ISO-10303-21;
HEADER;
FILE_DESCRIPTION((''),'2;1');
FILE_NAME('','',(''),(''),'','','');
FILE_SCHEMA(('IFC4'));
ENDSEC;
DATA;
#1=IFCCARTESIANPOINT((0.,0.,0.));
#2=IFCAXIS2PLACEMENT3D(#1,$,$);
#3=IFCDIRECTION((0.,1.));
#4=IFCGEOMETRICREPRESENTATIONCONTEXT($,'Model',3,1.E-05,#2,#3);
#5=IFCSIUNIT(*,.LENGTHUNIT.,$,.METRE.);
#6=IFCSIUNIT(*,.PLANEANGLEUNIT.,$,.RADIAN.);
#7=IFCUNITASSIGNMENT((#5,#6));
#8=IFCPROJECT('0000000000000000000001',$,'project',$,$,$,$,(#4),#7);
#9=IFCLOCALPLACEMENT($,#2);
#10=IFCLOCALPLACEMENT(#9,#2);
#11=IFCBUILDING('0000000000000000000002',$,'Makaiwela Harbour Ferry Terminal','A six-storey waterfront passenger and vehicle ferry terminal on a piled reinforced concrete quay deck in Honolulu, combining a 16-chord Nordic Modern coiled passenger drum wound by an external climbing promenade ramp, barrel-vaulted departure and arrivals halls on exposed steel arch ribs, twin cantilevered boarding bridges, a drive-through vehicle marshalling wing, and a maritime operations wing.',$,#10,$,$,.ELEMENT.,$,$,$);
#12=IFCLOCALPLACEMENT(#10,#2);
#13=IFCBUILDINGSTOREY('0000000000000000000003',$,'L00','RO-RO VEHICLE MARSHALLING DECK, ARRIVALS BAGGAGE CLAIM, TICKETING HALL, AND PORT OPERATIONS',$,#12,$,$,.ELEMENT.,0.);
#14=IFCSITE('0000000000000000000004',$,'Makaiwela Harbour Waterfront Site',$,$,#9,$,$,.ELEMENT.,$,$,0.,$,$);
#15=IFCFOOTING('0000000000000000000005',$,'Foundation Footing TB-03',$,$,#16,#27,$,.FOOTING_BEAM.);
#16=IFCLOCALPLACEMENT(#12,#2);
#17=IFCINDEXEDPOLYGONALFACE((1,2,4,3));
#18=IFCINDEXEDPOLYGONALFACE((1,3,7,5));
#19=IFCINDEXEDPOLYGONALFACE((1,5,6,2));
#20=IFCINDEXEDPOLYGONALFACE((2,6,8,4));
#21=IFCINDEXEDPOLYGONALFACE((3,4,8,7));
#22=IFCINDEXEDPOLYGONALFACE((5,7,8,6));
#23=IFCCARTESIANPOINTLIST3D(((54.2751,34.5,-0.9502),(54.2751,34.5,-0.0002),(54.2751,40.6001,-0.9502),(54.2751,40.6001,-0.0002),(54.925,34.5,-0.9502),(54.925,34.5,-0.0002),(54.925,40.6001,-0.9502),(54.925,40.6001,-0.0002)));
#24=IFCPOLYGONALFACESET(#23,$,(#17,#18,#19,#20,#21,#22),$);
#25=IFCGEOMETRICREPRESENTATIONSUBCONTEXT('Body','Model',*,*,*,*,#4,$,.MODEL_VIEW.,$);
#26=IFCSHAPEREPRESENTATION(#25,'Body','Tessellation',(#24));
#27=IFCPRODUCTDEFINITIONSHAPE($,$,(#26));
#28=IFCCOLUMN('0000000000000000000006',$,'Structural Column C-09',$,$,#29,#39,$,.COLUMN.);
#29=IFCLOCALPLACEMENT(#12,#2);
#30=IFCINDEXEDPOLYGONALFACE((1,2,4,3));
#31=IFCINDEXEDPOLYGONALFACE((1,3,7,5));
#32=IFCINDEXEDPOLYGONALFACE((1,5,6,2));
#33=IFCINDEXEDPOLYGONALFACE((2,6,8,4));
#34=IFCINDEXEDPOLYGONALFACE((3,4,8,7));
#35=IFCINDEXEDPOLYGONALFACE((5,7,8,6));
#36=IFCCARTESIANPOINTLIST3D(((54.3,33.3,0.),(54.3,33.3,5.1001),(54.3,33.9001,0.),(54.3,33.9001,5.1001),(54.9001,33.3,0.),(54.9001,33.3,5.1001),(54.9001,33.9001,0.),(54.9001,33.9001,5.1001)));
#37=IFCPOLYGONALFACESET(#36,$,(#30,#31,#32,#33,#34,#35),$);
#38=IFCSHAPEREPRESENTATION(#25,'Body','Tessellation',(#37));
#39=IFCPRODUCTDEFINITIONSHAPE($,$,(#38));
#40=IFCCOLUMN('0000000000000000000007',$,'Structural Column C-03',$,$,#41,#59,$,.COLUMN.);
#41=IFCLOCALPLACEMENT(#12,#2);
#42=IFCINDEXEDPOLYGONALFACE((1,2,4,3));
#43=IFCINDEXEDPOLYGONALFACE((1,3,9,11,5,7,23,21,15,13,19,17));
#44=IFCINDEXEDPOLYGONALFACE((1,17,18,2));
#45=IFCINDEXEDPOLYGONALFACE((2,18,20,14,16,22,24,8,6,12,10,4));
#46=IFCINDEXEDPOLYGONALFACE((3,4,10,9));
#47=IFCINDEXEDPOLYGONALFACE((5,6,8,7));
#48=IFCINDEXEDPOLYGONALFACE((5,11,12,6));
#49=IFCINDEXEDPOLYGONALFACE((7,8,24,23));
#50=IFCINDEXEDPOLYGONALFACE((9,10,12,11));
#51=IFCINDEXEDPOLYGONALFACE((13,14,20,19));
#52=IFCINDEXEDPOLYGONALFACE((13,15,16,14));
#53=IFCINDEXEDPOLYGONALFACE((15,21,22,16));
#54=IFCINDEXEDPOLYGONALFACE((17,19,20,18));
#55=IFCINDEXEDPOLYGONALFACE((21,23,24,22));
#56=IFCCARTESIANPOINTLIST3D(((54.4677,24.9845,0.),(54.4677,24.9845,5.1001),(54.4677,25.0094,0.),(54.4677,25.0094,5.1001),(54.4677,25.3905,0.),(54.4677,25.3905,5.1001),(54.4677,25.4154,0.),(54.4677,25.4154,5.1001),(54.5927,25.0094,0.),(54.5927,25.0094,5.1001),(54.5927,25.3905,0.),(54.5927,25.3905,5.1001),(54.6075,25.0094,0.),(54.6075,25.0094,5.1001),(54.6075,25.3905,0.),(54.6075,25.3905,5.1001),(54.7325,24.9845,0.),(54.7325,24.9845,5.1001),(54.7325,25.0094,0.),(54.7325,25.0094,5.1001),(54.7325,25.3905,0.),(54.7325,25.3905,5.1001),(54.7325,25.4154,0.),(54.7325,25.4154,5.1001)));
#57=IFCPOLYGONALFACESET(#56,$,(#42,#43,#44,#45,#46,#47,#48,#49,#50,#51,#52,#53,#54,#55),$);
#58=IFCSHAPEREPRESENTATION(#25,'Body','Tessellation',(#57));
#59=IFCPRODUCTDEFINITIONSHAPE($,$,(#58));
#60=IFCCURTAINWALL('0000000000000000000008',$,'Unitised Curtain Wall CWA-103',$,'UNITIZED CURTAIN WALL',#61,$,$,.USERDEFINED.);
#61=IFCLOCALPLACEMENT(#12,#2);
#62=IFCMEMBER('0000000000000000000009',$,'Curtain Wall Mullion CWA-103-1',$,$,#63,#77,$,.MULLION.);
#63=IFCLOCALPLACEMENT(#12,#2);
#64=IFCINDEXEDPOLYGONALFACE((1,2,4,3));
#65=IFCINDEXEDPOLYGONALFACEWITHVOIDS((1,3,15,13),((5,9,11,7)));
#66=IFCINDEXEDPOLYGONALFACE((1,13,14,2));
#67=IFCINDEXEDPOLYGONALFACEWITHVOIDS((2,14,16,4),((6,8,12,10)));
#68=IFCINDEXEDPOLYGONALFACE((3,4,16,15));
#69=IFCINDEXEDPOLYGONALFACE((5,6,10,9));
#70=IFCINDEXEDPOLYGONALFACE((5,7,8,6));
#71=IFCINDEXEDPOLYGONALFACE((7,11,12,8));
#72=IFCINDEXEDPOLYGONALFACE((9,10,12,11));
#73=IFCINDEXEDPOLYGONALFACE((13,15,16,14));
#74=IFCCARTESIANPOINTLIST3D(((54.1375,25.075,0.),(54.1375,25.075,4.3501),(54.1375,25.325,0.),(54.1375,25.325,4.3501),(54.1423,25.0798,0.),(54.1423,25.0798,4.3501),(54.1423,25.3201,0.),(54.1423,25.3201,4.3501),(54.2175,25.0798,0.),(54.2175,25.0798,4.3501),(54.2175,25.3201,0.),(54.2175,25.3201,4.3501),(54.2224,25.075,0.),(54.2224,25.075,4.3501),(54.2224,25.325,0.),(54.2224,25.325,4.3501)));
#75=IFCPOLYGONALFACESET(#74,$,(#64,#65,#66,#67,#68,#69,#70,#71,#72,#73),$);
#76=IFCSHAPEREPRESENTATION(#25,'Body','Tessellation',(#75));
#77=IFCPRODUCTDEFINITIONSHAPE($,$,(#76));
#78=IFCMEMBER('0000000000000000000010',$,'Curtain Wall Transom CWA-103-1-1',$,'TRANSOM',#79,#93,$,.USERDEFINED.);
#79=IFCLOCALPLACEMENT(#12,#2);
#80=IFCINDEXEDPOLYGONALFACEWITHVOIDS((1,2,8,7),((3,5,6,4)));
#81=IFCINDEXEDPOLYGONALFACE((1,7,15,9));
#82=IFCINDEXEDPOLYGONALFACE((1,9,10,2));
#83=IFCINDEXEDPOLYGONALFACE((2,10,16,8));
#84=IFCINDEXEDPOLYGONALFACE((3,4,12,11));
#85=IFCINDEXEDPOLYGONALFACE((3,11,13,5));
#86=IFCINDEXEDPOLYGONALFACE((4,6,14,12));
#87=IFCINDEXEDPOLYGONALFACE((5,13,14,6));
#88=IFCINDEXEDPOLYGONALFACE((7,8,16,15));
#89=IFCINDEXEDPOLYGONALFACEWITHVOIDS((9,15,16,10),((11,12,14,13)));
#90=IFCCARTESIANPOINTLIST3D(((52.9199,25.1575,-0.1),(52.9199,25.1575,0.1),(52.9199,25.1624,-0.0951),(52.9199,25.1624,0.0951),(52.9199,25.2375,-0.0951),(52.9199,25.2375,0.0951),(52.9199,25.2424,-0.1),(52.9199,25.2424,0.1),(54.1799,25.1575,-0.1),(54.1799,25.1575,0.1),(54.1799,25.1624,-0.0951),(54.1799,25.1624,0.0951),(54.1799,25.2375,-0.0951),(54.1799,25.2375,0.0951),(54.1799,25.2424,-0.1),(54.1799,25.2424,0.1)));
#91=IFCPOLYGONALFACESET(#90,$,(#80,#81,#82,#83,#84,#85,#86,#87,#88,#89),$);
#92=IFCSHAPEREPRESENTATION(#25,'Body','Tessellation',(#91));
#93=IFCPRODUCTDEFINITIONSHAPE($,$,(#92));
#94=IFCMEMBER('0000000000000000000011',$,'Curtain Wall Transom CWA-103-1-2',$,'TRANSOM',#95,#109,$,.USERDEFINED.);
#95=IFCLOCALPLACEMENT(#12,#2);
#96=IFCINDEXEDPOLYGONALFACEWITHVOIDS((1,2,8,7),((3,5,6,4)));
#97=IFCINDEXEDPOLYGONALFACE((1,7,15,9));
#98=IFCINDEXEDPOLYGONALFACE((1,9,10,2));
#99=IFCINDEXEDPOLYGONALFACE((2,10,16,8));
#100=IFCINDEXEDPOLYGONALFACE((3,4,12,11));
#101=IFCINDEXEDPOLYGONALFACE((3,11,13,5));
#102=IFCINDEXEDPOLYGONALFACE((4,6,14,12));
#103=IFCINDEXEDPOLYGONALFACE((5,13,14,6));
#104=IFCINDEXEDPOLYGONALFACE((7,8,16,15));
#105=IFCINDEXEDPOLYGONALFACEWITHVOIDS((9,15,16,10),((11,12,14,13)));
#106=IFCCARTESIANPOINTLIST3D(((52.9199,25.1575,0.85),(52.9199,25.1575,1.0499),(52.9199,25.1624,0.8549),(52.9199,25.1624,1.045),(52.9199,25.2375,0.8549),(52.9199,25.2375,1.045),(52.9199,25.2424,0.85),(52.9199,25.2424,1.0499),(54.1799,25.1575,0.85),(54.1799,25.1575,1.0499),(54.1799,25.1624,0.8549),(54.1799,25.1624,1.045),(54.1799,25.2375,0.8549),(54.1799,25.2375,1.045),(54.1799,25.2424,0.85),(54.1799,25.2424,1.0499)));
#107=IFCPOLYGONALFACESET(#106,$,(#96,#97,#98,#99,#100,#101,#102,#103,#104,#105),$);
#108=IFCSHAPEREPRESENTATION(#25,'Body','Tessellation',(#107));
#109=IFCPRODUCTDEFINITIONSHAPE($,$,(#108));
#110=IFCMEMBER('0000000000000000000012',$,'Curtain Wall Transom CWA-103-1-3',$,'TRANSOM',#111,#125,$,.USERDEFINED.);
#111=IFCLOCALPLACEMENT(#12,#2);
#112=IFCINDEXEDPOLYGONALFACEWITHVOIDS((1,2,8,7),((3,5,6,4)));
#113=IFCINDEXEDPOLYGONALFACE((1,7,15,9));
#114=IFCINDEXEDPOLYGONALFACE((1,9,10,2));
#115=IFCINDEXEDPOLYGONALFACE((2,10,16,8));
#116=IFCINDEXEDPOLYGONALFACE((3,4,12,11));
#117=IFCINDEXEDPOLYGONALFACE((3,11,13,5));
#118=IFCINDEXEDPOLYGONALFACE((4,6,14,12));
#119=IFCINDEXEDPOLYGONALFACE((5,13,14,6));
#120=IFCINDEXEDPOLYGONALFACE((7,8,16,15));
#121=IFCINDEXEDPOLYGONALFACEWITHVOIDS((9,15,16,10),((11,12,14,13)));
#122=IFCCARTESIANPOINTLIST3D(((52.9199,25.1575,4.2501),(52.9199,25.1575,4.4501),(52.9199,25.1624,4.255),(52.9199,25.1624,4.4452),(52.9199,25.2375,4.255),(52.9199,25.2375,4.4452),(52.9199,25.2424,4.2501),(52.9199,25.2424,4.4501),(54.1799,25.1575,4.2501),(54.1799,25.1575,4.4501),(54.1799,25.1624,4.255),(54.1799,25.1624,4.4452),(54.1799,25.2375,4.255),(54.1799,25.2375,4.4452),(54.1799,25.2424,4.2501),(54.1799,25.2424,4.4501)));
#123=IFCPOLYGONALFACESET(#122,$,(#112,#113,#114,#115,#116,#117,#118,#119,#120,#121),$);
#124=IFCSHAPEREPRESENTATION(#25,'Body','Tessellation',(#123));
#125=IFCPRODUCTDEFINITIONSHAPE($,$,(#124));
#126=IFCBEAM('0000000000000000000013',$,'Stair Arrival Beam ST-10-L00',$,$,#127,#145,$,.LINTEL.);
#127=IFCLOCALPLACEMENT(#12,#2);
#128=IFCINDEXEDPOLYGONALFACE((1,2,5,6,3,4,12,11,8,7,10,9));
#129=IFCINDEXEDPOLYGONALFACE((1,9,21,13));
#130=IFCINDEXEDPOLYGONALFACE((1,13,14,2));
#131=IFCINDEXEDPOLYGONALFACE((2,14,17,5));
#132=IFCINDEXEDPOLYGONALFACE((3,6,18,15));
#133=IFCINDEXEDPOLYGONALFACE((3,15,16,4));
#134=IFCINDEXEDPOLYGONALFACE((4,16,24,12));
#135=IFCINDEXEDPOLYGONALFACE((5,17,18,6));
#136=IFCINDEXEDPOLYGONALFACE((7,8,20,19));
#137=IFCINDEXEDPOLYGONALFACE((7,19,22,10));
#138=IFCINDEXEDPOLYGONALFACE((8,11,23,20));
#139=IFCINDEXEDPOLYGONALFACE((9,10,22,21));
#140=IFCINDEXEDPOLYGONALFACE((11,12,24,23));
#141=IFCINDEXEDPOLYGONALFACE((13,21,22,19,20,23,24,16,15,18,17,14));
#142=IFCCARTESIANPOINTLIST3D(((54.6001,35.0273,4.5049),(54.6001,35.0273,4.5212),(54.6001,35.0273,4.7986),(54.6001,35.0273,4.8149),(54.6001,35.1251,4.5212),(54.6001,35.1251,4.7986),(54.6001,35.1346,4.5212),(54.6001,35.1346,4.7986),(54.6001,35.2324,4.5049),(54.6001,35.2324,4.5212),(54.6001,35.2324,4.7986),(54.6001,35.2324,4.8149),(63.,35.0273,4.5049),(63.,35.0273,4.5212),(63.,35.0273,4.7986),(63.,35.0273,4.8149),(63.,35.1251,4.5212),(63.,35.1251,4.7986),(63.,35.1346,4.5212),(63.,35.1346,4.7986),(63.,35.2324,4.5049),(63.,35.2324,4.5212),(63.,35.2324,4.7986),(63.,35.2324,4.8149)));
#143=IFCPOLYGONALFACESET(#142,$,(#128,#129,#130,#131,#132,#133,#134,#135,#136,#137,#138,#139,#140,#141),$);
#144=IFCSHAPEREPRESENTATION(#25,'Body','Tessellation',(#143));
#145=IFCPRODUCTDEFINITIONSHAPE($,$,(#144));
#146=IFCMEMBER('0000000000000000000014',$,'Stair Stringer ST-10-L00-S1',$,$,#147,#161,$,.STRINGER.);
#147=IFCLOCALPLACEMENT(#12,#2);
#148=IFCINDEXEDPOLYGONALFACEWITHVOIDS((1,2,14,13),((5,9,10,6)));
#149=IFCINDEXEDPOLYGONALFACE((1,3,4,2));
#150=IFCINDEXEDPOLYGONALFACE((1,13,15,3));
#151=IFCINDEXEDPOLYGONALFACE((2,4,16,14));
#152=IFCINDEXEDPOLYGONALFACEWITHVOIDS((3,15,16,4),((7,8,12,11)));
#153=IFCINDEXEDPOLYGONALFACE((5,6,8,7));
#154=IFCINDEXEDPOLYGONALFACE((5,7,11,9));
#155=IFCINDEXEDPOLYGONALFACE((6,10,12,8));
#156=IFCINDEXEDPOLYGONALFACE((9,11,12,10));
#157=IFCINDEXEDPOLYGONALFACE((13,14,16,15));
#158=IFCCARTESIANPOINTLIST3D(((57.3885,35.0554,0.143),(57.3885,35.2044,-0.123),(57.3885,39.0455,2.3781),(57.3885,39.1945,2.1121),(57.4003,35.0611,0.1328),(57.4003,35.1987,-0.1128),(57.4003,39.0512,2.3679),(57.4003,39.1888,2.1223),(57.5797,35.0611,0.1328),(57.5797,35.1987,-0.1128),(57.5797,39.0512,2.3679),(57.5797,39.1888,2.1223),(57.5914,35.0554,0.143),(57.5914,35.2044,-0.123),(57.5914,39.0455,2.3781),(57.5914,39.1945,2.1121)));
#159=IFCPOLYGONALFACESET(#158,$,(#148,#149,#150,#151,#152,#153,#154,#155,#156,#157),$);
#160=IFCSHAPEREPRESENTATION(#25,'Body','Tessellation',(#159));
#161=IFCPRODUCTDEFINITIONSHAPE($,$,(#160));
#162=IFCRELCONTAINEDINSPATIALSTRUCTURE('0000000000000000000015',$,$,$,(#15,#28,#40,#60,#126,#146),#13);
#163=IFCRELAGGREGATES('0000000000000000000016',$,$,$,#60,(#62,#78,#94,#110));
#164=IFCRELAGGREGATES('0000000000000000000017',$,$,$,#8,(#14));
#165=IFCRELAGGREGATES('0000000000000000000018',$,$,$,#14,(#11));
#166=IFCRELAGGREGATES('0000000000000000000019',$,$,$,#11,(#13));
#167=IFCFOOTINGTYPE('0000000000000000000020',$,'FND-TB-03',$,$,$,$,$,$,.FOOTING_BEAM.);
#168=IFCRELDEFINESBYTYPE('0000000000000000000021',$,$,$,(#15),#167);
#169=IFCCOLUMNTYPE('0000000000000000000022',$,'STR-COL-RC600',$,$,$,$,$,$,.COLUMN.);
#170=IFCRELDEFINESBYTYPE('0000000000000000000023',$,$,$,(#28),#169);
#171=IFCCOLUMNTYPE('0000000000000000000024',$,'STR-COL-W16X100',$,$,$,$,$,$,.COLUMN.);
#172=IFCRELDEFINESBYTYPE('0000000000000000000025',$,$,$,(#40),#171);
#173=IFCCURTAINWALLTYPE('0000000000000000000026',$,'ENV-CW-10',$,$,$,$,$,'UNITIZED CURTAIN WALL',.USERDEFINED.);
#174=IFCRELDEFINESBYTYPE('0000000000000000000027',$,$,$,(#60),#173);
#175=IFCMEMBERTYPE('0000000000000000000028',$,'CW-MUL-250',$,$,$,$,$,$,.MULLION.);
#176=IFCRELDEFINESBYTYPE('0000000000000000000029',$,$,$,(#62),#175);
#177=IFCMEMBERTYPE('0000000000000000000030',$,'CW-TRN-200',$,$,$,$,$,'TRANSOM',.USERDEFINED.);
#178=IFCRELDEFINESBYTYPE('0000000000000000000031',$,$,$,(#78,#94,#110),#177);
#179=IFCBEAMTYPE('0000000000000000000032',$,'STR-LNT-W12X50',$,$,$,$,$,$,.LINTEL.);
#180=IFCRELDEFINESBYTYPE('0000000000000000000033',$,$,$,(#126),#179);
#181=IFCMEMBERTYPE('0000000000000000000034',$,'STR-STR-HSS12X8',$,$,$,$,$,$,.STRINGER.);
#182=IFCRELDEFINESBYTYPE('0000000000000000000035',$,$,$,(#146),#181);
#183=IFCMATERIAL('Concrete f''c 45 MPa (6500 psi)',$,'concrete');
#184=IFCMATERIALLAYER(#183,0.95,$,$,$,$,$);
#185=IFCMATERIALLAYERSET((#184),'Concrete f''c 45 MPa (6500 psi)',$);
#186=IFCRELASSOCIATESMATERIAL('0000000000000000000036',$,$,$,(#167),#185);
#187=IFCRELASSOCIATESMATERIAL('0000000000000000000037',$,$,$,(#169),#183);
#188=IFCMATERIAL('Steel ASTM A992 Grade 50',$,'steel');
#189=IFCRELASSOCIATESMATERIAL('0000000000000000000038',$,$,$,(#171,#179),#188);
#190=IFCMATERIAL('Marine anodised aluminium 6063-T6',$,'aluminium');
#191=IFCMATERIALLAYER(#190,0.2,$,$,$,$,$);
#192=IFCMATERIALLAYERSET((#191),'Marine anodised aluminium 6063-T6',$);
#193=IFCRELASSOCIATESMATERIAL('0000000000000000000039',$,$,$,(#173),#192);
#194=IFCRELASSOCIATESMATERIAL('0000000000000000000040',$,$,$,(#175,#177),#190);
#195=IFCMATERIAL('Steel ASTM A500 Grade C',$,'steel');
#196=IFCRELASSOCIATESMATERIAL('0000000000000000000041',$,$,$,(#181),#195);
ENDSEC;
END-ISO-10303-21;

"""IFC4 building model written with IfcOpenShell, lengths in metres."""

from ifc_helpers import new_model, si_unit, direction, frame, origin, origin_2d, place, context, subcontext, project, spatial, rectangle, hollow_rectangle, i_section, extrude, material, layer, layer_set, material_profile, profile_set, type_object, element, aggregate, save


model = new_model("IFC4")

# Units and contexts
model_context = context("Model", 3, precision=1e-05, world=origin(), true_north=direction((0.0, 1.0)))
body_context = subcontext(model_context, "Body", "Model", "MODEL_VIEW")
ifc_project = project(units=[si_unit("LENGTHUNIT", "METRE"), si_unit("PLANEANGLEUNIT", "RADIAN")], contexts=[model_context])

# Site, building, storey
site_placement = place(None, origin())
site = spatial("IfcSite", under=ifc_project, at=site_placement, Name="Makaiwela Harbour Waterfront Site", CompositionType="ELEMENT", RefElevation=0.0)
building_placement = place(site_placement, origin())
building = spatial("IfcBuilding", under=site, at=building_placement, Name="Makaiwela Harbour Ferry Terminal", Description="A six-storey waterfront passenger and vehicle ferry terminal on a piled reinforced concrete quay deck in Honolulu, combining a 16-chord Nordic Modern coiled passenger drum wound by an external climbing promenade ramp, barrel-vaulted departure and arrivals halls on exposed steel arch ribs, twin cantilevered boarding bridges, a drive-through vehicle marshalling wing, and a maritime operations wing.", CompositionType="ELEMENT")
storey_placement = place(building_placement, origin())
storey = spatial("IfcBuildingStorey", under=building, at=storey_placement, Name="L00", Description="RO-RO VEHICLE MARSHALLING DECK, ARRIVALS BAGGAGE CLAIM, TICKETING HALL, AND PORT OPERATIONS", CompositionType="ELEMENT", Elevation=0.0)

# Shared definitions
ifc_material_1 = material(Name="Concrete f'c 45 MPa (6500 psi)", Category="concrete")

# Footing
ifc_layer_1 = layer(ifc_material_1, 0.95)
ifc_layer_set_1 = layer_set([ifc_layer_1], Name="Concrete f'c 45 MPa (6500 psi)")
footing_type_1 = type_object("IfcFootingType", Name="FND-TB-03", PredefinedType="FOOTING_BEAM", material=ifc_layer_set_1)
footing_1_placement = place(storey_placement, frame((54.6001, 37.55, -0.9502), z_axis=(0.0, 0.0, 1.0), x_axis=(0.0, 1.0, 0.0)))
element("IfcFooting", 1, at=footing_1_placement, inside=storey, type_object=footing_type_1, Name="Foundation Footing TB-03", PredefinedType="FOOTING_BEAM", context=body_context, shape_type="SweptSolid", body=[
    extrude(rectangle(XDim=6.1001, YDim=0.6499, at=origin_2d()), origin(), (0.0, 0.0, 1.0), 0.95),
])

# Columns
ifc_material_profile_1 = material_profile(ifc_material_1, rectangle(XDim=0.6001, YDim=0.6001, at=origin_2d()), Name="RC-600X600")
ifc_profile_set_1 = profile_set([ifc_material_profile_1], Name="Concrete f'c 45 MPa (6500 psi)")
column_type_1 = type_object("IfcColumnType", Name="STR-COL-RC600", PredefinedType="COLUMN", material=ifc_profile_set_1)
column_1_placement = place(storey_placement, frame((54.6001, 33.6001, 0.0), z_axis=(0.0, 0.0, 1.0), x_axis=(1.0, 0.0, 0.0)))
element("IfcColumn", 2, at=column_1_placement, inside=storey, type_object=column_type_1, Name="Structural Column C-09", PredefinedType="COLUMN", context=body_context, shape_type="SweptSolid", body=[
    extrude(rectangle(XDim=0.6001, YDim=0.6001, at=origin_2d()), origin(), (0.0, 0.0, 1.0), 5.1001),
])
ifc_material_2 = material(Name="Steel ASTM A992 Grade 50", Category="steel")
ifc_material_profile_2 = material_profile(ifc_material_2, i_section(OverallWidth=0.2649, OverallDepth=0.4309, WebThickness=0.0149, FlangeThickness=0.0249, at=origin_2d()), Name="W16X100")
ifc_profile_set_2 = profile_set([ifc_material_profile_2], Name="Steel ASTM A992 Grade 50")
column_type_2 = type_object("IfcColumnType", Name="STR-COL-W16X100", PredefinedType="COLUMN", material=ifc_profile_set_2)
column_2_placement = place(storey_placement, frame((54.6001, 25.2, 0.0), z_axis=(0.0, 0.0, 1.0), x_axis=(1.0, 0.0, 0.0)))
element("IfcColumn", 3, at=column_2_placement, inside=storey, type_object=column_type_2, Name="Structural Column C-03", PredefinedType="COLUMN", context=body_context, shape_type="SweptSolid", body=[
    extrude(i_section(OverallWidth=0.2649, OverallDepth=0.4309, WebThickness=0.0149, FlangeThickness=0.0249, at=origin_2d()), origin(), (0.0, 0.0, 1.0), 5.1001),
])

# Curtain wall, members
ifc_material_3 = material(Name="Marine anodised aluminium 6063-T6", Category="aluminium")
ifc_layer_2 = layer(ifc_material_3, 0.2)
ifc_layer_set_2 = layer_set([ifc_layer_2], Name="Marine anodised aluminium 6063-T6")
curtain_wall_type = type_object("IfcCurtainWallType", Name="ENV-CW-10", ElementType="UNITIZED CURTAIN WALL", PredefinedType="USERDEFINED", material=ifc_layer_set_2)
curtain_wall_placement = place(storey_placement, origin())
curtain_wall = element("IfcCurtainWall", 4, at=curtain_wall_placement, inside=storey, type_object=curtain_wall_type, Name="Unitised Curtain Wall CWA-103", ObjectType="UNITIZED CURTAIN WALL", PredefinedType="USERDEFINED")
ifc_material_profile_3 = material_profile(ifc_material_3, hollow_rectangle(XDim=0.085, YDim=0.25, WallThickness=0.0049, at=origin_2d()), Name="CWM-250X85")
ifc_profile_set_3 = profile_set([ifc_material_profile_3], Name="Marine anodised aluminium 6063-T6")
member_type_1 = type_object("IfcMemberType", Name="CW-MUL-250", PredefinedType="MULLION", material=ifc_profile_set_3)
member_1_placement = place(storey_placement, frame((54.1799, 25.2, 0.0), z_axis=(0.0, 0.0, 1.0), x_axis=(1.0, 0.0, 0.0)))
member_1 = element("IfcMember", 5, at=member_1_placement, type_object=member_type_1, Name="Curtain Wall Mullion CWA-103-1", PredefinedType="MULLION", context=body_context, shape_type="SweptSolid", body=[
    extrude(hollow_rectangle(XDim=0.085, YDim=0.25, WallThickness=0.0049, at=origin_2d()), origin(), (0.0, 0.0, 1.0), 4.3501),
])
ifc_material_profile_4 = material_profile(ifc_material_3, hollow_rectangle(XDim=0.085, YDim=0.2, WallThickness=0.0049, at=origin_2d()), Name="CWT-200X85")
ifc_profile_set_4 = profile_set([ifc_material_profile_4], Name="Marine anodised aluminium 6063-T6")
member_type_2 = type_object("IfcMemberType", Name="CW-TRN-200", ElementType="TRANSOM", PredefinedType="USERDEFINED", material=ifc_profile_set_4)
member_2_placement = place(storey_placement, frame((54.1799, 25.2, 0.0), z_axis=(-1.0, 0.0, 0.0), x_axis=(0.0, -1.0, 0.0)))
member_2 = element("IfcMember", 6, at=member_2_placement, type_object=member_type_2, Name="Curtain Wall Transom CWA-103-1-1", ObjectType="TRANSOM", PredefinedType="USERDEFINED", context=body_context, shape_type="SweptSolid", body=[
    extrude(hollow_rectangle(XDim=0.085, YDim=0.2, WallThickness=0.0049, at=origin_2d()), origin(), (0.0, 0.0, 1.0), 1.26),
])
member_3_placement = place(storey_placement, frame((54.1799, 25.2, 0.95), z_axis=(-1.0, 0.0, 0.0), x_axis=(0.0, -1.0, 0.0)))
member_3 = element("IfcMember", 7, at=member_3_placement, type_object=member_type_2, Name="Curtain Wall Transom CWA-103-1-2", ObjectType="TRANSOM", PredefinedType="USERDEFINED", context=body_context, shape_type="SweptSolid", body=[
    extrude(hollow_rectangle(XDim=0.085, YDim=0.2, WallThickness=0.0049, at=origin_2d()), origin(), (0.0, 0.0, 1.0), 1.26),
])
member_4_placement = place(storey_placement, frame((54.1799, 25.2, 4.3501), z_axis=(-1.0, 0.0, 0.0), x_axis=(0.0, -1.0, 0.0)))
member_4 = element("IfcMember", 8, at=member_4_placement, type_object=member_type_2, Name="Curtain Wall Transom CWA-103-1-3", ObjectType="TRANSOM", PredefinedType="USERDEFINED", context=body_context, shape_type="SweptSolid", body=[
    extrude(hollow_rectangle(XDim=0.085, YDim=0.2, WallThickness=0.0049, at=origin_2d()), origin(), (0.0, 0.0, 1.0), 1.26),
])
aggregate(curtain_wall, [member_1, member_2, member_3, member_4])

# Beam
ifc_material_profile_5 = material_profile(ifc_material_2, i_section(OverallWidth=0.2051, OverallDepth=0.3101, WebThickness=0.0095, FlangeThickness=0.0164, at=origin_2d()), Name="W12X50")
ifc_profile_set_5 = profile_set([ifc_material_profile_5], Name="Steel ASTM A992 Grade 50")
beam_type = type_object("IfcBeamType", Name="STR-LNT-W12X50", PredefinedType="LINTEL", material=ifc_profile_set_5)
beam_placement = place(storey_placement, frame((54.6001, 35.1299, 4.6599), z_axis=(1.0, 0.0, 0.0), x_axis=(0.0, 1.0, 0.0)))
element("IfcBeam", 9, at=beam_placement, inside=storey, type_object=beam_type, Name="Stair Arrival Beam ST-10-L00", PredefinedType="LINTEL", context=body_context, shape_type="SweptSolid", body=[
    extrude(i_section(OverallWidth=0.2051, OverallDepth=0.3101, WebThickness=0.0095, FlangeThickness=0.0164, at=origin_2d()), origin(), (0.0, 0.0, 1.0), 8.3999),
])

# Member
ifc_material_4 = material(Name="Steel ASTM A500 Grade C", Category="steel")
ifc_material_profile_6 = material_profile(ifc_material_4, hollow_rectangle(XDim=0.2029, YDim=0.3049, WallThickness=0.0117, at=origin_2d()), Name="HSS12X8X1/2")
ifc_profile_set_6 = profile_set([ifc_material_profile_6], Name="Steel ASTM A500 Grade C")
member_type_3 = type_object("IfcMemberType", Name="STR-STR-HSS12X8", PredefinedType="STRINGER", material=ifc_profile_set_6)
member_5_placement = place(storey_placement, frame((57.49, 35.1299, 0.01), z_axis=(0.0, 0.872452, 0.488699), x_axis=(-1.0, 0.0, 0.0)))
element("IfcMember", 10, at=member_5_placement, inside=storey, type_object=member_type_3, Name="Stair Stringer ST-10-L00-S1", PredefinedType="STRINGER", context=body_context, shape_type="SweptSolid", body=[
    extrude(hollow_rectangle(XDim=0.2029, YDim=0.3049, WallThickness=0.0117, at=origin_2d()), origin(), (0.0, 0.0, 1.0), 4.5735),
])

save(model, "model.ifc")
